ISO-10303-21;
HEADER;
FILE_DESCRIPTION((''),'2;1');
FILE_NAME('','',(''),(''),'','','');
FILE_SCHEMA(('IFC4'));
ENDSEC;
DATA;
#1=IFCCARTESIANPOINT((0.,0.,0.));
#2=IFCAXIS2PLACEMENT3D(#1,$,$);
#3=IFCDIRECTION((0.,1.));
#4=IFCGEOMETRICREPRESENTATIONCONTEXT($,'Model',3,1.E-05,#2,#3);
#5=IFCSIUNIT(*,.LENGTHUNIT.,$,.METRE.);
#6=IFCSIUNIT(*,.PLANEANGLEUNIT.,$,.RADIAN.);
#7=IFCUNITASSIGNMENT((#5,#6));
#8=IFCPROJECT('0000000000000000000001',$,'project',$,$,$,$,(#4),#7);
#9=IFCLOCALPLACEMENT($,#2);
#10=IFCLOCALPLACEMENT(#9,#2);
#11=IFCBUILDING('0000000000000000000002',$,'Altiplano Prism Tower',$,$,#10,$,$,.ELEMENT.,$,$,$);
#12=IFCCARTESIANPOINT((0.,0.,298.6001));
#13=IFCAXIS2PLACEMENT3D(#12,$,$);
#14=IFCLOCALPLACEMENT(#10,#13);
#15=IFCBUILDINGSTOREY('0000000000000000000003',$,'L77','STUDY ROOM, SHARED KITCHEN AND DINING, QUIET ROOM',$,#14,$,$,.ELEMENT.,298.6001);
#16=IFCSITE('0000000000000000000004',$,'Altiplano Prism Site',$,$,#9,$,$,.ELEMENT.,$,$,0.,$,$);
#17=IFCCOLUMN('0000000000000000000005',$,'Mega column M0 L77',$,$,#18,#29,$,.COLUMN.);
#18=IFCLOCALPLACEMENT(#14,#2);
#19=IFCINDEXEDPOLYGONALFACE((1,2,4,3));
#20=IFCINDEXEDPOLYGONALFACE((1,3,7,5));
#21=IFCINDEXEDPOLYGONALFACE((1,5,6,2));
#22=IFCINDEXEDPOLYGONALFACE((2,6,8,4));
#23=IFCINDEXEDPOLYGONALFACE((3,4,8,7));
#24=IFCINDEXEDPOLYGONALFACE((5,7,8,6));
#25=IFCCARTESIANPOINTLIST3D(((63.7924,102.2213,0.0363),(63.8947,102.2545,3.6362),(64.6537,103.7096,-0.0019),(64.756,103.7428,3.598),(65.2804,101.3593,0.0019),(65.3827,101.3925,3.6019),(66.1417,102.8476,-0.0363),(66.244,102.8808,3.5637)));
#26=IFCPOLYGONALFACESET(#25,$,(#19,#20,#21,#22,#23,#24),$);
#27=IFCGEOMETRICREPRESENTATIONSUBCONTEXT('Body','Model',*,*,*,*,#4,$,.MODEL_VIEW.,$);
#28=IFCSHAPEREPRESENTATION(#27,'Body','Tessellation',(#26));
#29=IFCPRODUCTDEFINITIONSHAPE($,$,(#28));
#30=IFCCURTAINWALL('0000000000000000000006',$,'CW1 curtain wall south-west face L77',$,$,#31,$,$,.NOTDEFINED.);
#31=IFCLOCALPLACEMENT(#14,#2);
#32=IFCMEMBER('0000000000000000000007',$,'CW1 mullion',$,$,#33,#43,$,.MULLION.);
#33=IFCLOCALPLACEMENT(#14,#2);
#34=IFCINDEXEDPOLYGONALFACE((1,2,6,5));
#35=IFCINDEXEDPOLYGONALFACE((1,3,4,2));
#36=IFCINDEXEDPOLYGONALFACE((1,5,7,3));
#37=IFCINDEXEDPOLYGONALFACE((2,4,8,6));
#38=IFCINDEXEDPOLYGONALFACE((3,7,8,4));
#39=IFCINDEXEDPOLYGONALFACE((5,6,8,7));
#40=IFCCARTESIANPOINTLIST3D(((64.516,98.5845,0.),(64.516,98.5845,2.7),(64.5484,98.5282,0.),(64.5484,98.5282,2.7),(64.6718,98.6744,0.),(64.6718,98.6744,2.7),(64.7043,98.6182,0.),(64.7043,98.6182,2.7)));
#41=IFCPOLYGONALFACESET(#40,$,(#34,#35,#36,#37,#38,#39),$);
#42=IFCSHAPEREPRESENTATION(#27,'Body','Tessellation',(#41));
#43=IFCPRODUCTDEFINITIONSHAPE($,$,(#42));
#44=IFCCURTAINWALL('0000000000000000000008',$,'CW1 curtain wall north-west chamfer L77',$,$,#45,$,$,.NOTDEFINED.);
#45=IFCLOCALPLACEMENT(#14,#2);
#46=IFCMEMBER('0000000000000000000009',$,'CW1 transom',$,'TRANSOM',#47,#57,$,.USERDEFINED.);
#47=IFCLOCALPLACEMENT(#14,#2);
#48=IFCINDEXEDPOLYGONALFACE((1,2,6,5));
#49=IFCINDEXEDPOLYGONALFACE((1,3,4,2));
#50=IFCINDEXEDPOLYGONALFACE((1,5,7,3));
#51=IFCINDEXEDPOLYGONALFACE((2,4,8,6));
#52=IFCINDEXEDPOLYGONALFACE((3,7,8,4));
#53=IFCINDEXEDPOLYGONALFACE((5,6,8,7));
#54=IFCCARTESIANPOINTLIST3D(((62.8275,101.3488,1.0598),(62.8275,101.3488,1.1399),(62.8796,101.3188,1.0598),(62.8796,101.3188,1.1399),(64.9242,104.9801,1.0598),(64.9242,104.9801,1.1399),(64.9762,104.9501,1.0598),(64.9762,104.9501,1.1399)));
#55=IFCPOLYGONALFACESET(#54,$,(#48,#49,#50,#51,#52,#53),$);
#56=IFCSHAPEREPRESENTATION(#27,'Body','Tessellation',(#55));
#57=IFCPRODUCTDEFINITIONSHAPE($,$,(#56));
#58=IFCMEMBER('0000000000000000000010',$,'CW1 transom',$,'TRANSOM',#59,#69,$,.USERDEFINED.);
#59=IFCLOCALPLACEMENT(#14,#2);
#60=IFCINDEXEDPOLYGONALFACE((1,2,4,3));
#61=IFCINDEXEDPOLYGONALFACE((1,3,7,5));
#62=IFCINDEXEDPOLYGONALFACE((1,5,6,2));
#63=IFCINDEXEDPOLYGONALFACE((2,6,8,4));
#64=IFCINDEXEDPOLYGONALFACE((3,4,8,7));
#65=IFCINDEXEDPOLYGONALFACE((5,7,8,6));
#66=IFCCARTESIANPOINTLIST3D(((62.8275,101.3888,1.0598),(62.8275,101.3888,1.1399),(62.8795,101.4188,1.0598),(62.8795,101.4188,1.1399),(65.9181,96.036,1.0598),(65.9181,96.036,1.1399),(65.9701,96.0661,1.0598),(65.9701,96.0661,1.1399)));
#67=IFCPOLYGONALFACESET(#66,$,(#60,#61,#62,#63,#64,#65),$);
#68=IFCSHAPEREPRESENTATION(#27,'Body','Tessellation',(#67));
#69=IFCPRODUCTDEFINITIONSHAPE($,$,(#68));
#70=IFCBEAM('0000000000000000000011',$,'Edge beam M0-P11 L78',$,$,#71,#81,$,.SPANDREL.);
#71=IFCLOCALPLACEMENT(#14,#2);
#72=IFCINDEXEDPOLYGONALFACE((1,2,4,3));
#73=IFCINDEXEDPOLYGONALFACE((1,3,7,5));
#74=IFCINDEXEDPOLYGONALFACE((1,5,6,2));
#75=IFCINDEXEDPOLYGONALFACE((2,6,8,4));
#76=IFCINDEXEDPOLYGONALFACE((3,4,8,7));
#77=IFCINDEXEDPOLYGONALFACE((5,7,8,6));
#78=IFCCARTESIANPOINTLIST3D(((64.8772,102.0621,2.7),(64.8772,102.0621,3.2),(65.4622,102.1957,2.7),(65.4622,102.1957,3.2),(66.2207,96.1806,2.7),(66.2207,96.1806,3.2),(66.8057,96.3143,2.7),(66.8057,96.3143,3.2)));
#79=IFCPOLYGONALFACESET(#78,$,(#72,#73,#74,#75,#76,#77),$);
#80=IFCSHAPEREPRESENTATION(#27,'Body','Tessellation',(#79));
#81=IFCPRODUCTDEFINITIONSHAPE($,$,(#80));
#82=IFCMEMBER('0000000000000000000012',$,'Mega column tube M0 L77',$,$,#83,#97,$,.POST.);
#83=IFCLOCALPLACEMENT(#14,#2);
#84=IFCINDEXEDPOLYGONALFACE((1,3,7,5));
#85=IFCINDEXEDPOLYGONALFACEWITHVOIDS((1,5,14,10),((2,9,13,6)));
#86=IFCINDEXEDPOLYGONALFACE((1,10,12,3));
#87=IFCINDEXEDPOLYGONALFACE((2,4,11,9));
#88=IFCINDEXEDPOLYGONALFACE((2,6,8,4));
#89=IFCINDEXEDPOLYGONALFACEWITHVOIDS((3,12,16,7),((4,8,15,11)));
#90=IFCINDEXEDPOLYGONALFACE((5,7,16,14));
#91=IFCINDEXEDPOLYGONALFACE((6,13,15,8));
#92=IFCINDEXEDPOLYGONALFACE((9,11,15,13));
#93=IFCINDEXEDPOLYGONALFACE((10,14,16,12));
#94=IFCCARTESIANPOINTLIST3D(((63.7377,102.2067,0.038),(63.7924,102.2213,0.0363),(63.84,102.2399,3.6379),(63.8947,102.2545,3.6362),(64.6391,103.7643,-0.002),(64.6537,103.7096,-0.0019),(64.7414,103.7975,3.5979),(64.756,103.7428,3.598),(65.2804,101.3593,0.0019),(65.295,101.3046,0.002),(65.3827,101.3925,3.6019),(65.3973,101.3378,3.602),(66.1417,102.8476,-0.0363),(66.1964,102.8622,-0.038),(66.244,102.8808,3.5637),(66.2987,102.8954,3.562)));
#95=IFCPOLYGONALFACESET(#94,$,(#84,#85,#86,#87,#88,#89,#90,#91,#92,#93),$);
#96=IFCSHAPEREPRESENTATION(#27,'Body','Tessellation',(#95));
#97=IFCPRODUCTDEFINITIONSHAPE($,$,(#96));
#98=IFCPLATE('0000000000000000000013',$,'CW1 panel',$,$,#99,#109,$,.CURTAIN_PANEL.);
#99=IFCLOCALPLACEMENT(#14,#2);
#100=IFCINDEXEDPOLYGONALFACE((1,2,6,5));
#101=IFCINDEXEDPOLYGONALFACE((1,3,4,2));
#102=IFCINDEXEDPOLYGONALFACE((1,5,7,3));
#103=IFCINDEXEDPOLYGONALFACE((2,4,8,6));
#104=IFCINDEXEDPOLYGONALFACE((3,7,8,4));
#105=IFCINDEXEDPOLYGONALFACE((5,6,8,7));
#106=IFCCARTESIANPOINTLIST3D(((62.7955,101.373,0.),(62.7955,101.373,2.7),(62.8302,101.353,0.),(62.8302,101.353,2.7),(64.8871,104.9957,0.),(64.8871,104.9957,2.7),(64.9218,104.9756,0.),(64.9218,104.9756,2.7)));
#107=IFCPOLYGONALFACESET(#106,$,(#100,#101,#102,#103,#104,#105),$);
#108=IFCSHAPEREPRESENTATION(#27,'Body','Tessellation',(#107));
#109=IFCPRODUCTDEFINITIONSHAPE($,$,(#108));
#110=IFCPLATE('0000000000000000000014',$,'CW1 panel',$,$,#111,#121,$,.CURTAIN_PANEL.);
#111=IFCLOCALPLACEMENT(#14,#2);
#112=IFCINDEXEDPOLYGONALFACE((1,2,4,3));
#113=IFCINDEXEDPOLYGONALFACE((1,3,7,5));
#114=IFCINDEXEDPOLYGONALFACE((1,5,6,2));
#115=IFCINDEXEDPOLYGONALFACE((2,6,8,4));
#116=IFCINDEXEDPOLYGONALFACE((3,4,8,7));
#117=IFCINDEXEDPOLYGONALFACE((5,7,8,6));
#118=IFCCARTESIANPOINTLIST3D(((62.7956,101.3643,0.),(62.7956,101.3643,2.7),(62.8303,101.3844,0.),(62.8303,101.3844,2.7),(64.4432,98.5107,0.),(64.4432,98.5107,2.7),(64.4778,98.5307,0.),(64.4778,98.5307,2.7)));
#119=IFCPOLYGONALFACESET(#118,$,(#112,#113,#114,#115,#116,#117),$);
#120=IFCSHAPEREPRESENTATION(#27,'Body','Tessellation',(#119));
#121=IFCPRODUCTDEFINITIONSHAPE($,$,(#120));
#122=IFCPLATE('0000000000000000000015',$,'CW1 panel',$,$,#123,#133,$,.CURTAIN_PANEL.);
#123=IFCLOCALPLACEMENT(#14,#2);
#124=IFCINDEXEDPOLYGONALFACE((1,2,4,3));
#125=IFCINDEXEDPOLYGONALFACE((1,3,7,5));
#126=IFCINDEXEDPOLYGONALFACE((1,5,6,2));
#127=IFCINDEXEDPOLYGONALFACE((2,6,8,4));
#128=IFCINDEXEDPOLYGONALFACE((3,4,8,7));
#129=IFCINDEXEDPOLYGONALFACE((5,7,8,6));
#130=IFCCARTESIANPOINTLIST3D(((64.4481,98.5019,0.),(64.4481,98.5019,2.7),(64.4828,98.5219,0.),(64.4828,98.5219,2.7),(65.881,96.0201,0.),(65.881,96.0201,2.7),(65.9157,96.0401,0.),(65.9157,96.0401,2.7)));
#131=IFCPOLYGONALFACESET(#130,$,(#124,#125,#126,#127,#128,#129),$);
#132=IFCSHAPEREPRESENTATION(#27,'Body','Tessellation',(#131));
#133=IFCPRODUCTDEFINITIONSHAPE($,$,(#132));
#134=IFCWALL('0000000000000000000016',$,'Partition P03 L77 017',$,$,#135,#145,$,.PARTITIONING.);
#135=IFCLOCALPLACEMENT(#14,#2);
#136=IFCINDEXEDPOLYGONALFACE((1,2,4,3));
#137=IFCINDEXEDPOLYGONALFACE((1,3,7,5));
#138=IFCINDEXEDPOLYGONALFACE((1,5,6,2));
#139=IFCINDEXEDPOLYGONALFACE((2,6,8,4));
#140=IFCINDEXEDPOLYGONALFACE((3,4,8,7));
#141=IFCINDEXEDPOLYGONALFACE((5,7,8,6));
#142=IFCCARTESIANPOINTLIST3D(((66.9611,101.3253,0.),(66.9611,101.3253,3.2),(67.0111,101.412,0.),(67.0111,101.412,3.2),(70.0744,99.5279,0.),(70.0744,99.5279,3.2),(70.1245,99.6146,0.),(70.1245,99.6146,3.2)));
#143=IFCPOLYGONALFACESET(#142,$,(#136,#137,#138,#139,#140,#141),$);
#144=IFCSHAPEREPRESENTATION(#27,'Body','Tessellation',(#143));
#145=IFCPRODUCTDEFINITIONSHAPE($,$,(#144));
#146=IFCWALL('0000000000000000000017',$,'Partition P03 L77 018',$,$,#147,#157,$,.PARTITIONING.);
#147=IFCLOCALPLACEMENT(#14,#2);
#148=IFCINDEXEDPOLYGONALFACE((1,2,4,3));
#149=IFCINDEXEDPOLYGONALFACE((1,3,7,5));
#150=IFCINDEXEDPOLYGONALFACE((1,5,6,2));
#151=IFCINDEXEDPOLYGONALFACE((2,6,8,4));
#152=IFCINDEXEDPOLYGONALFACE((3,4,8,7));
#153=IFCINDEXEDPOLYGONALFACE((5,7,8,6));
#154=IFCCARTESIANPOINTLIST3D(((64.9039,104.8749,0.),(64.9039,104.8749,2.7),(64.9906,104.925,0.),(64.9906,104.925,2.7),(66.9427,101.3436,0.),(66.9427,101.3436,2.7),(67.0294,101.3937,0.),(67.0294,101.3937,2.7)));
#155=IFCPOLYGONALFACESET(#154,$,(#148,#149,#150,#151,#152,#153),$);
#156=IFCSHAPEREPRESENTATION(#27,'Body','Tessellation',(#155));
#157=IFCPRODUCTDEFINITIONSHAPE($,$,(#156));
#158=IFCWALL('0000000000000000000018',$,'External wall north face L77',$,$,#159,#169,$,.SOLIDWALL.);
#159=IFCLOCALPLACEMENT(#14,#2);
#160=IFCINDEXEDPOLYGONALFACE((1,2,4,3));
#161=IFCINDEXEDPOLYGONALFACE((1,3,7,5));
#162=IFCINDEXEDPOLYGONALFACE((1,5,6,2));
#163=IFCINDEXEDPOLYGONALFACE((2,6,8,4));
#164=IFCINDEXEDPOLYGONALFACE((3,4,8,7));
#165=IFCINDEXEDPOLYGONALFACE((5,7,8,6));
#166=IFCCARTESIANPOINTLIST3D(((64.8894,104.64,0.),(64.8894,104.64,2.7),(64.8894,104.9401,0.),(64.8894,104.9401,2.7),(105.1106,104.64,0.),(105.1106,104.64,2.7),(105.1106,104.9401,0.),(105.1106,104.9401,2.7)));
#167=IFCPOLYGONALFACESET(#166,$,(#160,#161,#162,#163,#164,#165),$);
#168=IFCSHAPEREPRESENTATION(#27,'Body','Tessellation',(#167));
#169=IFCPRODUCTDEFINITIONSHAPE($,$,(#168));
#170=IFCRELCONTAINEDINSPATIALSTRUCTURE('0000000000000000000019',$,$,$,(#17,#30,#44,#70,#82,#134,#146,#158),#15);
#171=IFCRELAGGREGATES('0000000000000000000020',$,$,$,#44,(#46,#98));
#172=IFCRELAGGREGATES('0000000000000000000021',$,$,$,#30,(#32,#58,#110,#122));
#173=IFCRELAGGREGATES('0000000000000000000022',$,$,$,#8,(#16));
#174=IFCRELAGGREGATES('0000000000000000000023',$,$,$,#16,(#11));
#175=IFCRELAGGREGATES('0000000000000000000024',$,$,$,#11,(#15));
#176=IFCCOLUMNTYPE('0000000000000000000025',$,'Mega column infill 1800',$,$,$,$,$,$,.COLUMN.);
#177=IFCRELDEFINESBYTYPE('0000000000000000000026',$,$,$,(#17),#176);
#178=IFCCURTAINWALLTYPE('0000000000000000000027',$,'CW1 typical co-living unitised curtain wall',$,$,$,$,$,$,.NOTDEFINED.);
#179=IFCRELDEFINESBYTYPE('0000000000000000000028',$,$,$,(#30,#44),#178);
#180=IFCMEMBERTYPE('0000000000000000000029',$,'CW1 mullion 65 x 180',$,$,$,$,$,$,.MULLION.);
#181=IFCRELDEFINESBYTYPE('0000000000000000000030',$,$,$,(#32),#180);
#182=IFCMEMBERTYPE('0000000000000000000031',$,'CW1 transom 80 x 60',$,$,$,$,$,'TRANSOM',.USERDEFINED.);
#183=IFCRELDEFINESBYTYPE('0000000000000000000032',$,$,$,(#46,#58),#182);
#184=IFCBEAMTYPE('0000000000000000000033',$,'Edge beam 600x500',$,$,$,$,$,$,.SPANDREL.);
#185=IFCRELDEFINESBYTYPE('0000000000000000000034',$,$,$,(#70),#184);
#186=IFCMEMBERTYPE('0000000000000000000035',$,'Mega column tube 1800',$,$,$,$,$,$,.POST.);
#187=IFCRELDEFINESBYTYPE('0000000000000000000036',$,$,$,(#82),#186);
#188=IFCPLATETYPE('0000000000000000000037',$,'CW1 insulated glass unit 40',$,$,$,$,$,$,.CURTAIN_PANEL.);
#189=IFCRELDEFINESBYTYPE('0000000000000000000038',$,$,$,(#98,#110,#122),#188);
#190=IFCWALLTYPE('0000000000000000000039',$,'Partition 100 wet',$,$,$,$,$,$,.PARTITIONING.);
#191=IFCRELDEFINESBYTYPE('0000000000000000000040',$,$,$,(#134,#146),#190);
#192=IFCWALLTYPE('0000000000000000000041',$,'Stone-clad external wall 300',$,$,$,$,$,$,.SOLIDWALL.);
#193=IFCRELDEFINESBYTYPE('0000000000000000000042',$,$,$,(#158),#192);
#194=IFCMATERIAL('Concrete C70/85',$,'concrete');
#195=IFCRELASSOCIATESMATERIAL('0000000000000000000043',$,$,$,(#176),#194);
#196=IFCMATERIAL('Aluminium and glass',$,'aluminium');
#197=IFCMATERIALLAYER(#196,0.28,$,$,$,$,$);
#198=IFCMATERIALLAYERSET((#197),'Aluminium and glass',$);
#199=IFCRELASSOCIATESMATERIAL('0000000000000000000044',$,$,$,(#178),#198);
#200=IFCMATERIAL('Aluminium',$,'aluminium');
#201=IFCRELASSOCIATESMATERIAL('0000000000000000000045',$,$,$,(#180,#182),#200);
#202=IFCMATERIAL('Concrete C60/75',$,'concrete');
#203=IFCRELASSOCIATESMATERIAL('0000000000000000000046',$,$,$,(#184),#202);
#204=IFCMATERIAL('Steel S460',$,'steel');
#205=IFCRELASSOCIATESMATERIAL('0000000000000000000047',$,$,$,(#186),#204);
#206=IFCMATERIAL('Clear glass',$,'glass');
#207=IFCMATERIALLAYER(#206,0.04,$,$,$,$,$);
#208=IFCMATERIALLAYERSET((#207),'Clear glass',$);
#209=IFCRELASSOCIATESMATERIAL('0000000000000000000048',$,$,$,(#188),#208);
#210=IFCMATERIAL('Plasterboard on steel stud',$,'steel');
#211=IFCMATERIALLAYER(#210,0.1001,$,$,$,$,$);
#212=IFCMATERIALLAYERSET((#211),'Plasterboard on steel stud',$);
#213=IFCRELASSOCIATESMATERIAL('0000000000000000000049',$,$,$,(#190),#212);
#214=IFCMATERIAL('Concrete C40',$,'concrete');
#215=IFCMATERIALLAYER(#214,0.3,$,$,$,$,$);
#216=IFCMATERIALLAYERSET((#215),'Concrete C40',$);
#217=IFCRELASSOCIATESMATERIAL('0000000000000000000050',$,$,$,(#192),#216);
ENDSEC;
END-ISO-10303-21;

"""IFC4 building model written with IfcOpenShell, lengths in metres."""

from ifc_helpers import new_model, si_unit, direction, frame, frame_2d, origin, origin_2d, place, context, subcontext, project, spatial, rectangle, hollow_rectangle, extrude, material, layer, layer_set, material_profile, profile_set, type_object, element, aggregate, save


model = new_model("IFC4")

# Units and contexts
model_context = context("Model", 3, precision=1e-05, world=origin(), true_north=direction((0.0, 1.0)))
body_context = subcontext(model_context, "Body", "Model", "MODEL_VIEW")
ifc_project = project(units=[si_unit("LENGTHUNIT", "METRE"), si_unit("PLANEANGLEUNIT", "RADIAN")], contexts=[model_context])

# Site, building, storey
site_placement = place(None, origin())
site = spatial("IfcSite", under=ifc_project, at=site_placement, Name="Altiplano Prism Site", CompositionType="ELEMENT", RefElevation=0.0)
building_placement = place(site_placement, origin())
building = spatial("IfcBuilding", under=site, at=building_placement, Name="Altiplano Prism Tower", CompositionType="ELEMENT")
storey_placement = place(building_placement, frame((0.0, 0.0, 298.6001)))
storey = spatial("IfcBuildingStorey", under=building, at=storey_placement, Name="L77", Description="STUDY ROOM, SHARED KITCHEN AND DINING, QUIET ROOM", CompositionType="ELEMENT", Elevation=298.6001)

# Column
ifc_material_1 = material(Name="Concrete C70/85", Category="concrete")
ifc_material_profile_1 = material_profile(ifc_material_1, rectangle(XDim=1.72, YDim=1.72, at=origin_2d()), Name="Mega column infill 1800")
ifc_profile_set_1 = profile_set([ifc_material_profile_1], Name="Concrete C70/85")
column_type = type_object("IfcColumnType", Name="Mega column infill 1800", PredefinedType="COLUMN", material=ifc_profile_set_1)
column_placement = place(storey_placement, frame((64.967, 102.5344, 0.0), z_axis=(0.028404, 0.009219, 0.999554), x_axis=(-0.865124, 0.50116, 0.019961)))
element("IfcColumn", 1, at=column_placement, inside=storey, type_object=column_type, Name="Mega column M0 L77", PredefinedType="COLUMN", context=body_context, shape_type="SweptSolid", body=[
    extrude(rectangle(XDim=1.72, YDim=1.72, at=origin_2d()), origin(), (0.0, 0.0, 1.0), 3.6016),
])

# Curtain walls, members
ifc_material_2 = material(Name="Aluminium and glass", Category="aluminium")
ifc_layer_1 = layer(ifc_material_2, 0.28)
ifc_layer_set_1 = layer_set([ifc_layer_1], Name="Aluminium and glass")
curtain_wall_type = type_object("IfcCurtainWallType", Name="CW1 typical co-living unitised curtain wall", PredefinedType="NOTDEFINED", material=ifc_layer_set_1)
curtain_wall_1_placement = place(storey_placement, origin())
curtain_wall_1 = element("IfcCurtainWall", 2, at=curtain_wall_1_placement, inside=storey, type_object=curtain_wall_type, Name="CW1 curtain wall south-west face L77", PredefinedType="NOTDEFINED")
ifc_material_3 = material(Name="Aluminium", Category="aluminium")
ifc_material_profile_2 = material_profile(ifc_material_3, rectangle(XDim=0.1799, YDim=0.0649, at=origin_2d()), Name="CW1 mullion 65 x 180")
ifc_profile_set_2 = profile_set([ifc_material_profile_2], Name="Aluminium")
member_type_1 = type_object("IfcMemberType", Name="CW1 mullion 65 x 180", PredefinedType="MULLION", material=ifc_profile_set_2)
member_1_placement = place(storey_placement, frame((64.6101, 98.6013, 0.0), z_axis=(0.0, 0.0, 1.0), x_axis=(0.866025, 0.5, 0.0)))
member_1 = element("IfcMember", 3, at=member_1_placement, type_object=member_type_1, Name="CW1 mullion", PredefinedType="MULLION", context=body_context, shape_type="SweptSolid", body=[
    extrude(rectangle(XDim=0.1799, YDim=0.0649, at=origin_2d()), origin(), (0.0, 0.0, 1.0), 2.7),
])
curtain_wall_2_placement = place(storey_placement, origin())
curtain_wall_2 = element("IfcCurtainWall", 4, at=curtain_wall_2_placement, inside=storey, type_object=curtain_wall_type, Name="CW1 curtain wall north-west chamfer L77", PredefinedType="NOTDEFINED")
ifc_material_profile_3 = material_profile(ifc_material_3, rectangle(XDim=0.0601, YDim=0.0801, at=origin_2d()), Name="CW1 transom 80 x 60")
ifc_profile_set_3 = profile_set([ifc_material_profile_3], Name="Aluminium")
member_type_2 = type_object("IfcMemberType", Name="CW1 transom 80 x 60", ElementType="TRANSOM", PredefinedType="USERDEFINED", material=ifc_profile_set_3)
member_2_placement = place(storey_placement, frame((64.9502, 104.9651, 1.0999), z_axis=(-0.500021, -0.866013, 0.0), x_axis=(0.866013, -0.500021, 0.0)))
member_2 = element("IfcMember", 5, at=member_2_placement, type_object=member_type_2, Name="CW1 transom", ObjectType="TRANSOM", PredefinedType="USERDEFINED", context=body_context, shape_type="SweptSolid", body=[
    extrude(rectangle(XDim=0.0601, YDim=0.0801, at=origin_2d()), origin(), (0.0, 0.0, 1.0), 4.1931),
])

# Member
member_3_placement = place(storey_placement, frame((62.8535, 101.4038, 1.0999), z_axis=(0.500018, -0.866015, 0.0), x_axis=(0.866015, 0.500018, 0.0)))
member_3 = element("IfcMember", 6, at=member_3_placement, type_object=member_type_2, Name="CW1 transom", ObjectType="TRANSOM", PredefinedType="USERDEFINED", context=body_context, shape_type="SweptSolid", body=[
    extrude(rectangle(XDim=0.0601, YDim=0.0801, at=origin_2d()), origin(), (0.0, 0.0, 1.0), 6.1809),
])

# Beam
ifc_material_4 = material(Name="Concrete C60/75", Category="concrete")
ifc_material_profile_4 = material_profile(ifc_material_4, rectangle(XDim=0.6001, YDim=0.5, at=origin_2d()), Name="Edge beam 600x500")
ifc_profile_set_4 = profile_set([ifc_material_profile_4], Name="Concrete C60/75")
beam_type = type_object("IfcBeamType", Name="Edge beam 600x500", PredefinedType="SPANDREL", material=ifc_profile_set_4)
beam_placement = place(storey_placement, frame((65.1697, 102.1289, 2.95), z_axis=(0.222698, -0.974887, 0.0), x_axis=(0.974887, 0.222698, 0.0)))
element("IfcBeam", 7, at=beam_placement, inside=storey, type_object=beam_type, Name="Edge beam M0-P11 L78", PredefinedType="SPANDREL", context=body_context, shape_type="SweptSolid", body=[
    extrude(rectangle(XDim=0.6001, YDim=0.5, at=origin_2d()), origin(), (0.0, 0.0, 1.0), 6.033),
])

# Member
ifc_material_5 = material(Name="Steel S460", Category="steel")
ifc_material_profile_5 = material_profile(ifc_material_5, hollow_rectangle(XDim=1.8, YDim=1.8, WallThickness=0.04, at=origin_2d()), Name="Mega column tube 1800")
ifc_profile_set_5 = profile_set([ifc_material_profile_5], Name="Steel S460")
member_type_3 = type_object("IfcMemberType", Name="Mega column tube 1800", PredefinedType="POST", material=ifc_profile_set_5)
member_4_placement = place(storey_placement, frame((64.967, 102.5344, 0.0), z_axis=(0.028404, 0.009219, 0.999554), x_axis=(-0.865124, 0.50116, 0.019961)))
element("IfcMember", 8, at=member_4_placement, inside=storey, type_object=member_type_3, Name="Mega column tube M0 L77", PredefinedType="POST", context=body_context, shape_type="SweptSolid", body=[
    extrude(hollow_rectangle(XDim=1.8, YDim=1.8, WallThickness=0.04, at=origin_2d()), origin(), (0.0, 0.0, 1.0), 3.6016),
])

# Plates
ifc_material_6 = material(Name="Clear glass", Category="glass")
ifc_layer_2 = layer(ifc_material_6, 0.04)
ifc_layer_set_2 = layer_set([ifc_layer_2], Name="Clear glass")
plate_type = type_object("IfcPlateType", Name="CW1 insulated glass unit 40", PredefinedType="CURTAIN_PANEL", material=ifc_layer_set_2)
plate_1_placement = place(storey_placement, frame((63.8586, 103.1743, 0.0), z_axis=(0.0, 0.0, 1.0), x_axis=(-0.5, -0.866025, 0.0)))
plate_1 = element("IfcPlate", 9, at=plate_1_placement, type_object=plate_type, Name="CW1 panel", PredefinedType="CURTAIN_PANEL", context=body_context, shape_type="SweptSolid", body=[
    extrude(rectangle(XDim=4.1831, YDim=0.04, at=origin_2d()), origin(), (0.0, 0.0, 1.0), 2.7),
])
aggregate(curtain_wall_2, [member_2, plate_1])
plate_2_placement = place(storey_placement, frame((63.6367, 99.9475, 0.0), z_axis=(0.0, 0.0, 1.0), x_axis=(0.5, -0.866025, 0.0)))
plate_2 = element("IfcPlate", 10, at=plate_2_placement, type_object=plate_type, Name="CW1 panel", PredefinedType="CURTAIN_PANEL", context=body_context, shape_type="SweptSolid", body=[
    extrude(rectangle(XDim=3.2952, YDim=0.04, at=origin_2d()), origin(), (0.0, 0.0, 1.0), 2.7),
])
plate_3_placement = place(storey_placement, frame((65.1819, 97.271, 0.0), z_axis=(0.0, 0.0, 1.0), x_axis=(0.5, -0.866025, 0.0)))
plate_3 = element("IfcPlate", 11, at=plate_3_placement, type_object=plate_type, Name="CW1 panel", PredefinedType="CURTAIN_PANEL", context=body_context, shape_type="SweptSolid", body=[
    extrude(rectangle(XDim=2.8657, YDim=0.04, at=origin_2d()), origin(), (0.0, 0.0, 1.0), 2.7),
])
aggregate(curtain_wall_1, [member_1, member_3, plate_2, plate_3])

# Walls
ifc_material_7 = material(Name="Plasterboard on steel stud", Category="steel")
ifc_layer_3 = layer(ifc_material_7, 0.1001)
ifc_layer_set_3 = layer_set([ifc_layer_3], Name="Plasterboard on steel stud")
wall_type_1 = type_object("IfcWallType", Name="Partition 100 wet", PredefinedType="PARTITIONING", material=ifc_layer_set_3)
wall_1_placement = place(storey_placement, frame((70.0994, 99.5713, 0.0), z_axis=(0.0, 0.0, 1.0), x_axis=(-0.866036, 0.499981, 0.0)))
element("IfcWall", 12, at=wall_1_placement, inside=storey, type_object=wall_type_1, Name="Partition P03 L77 017", PredefinedType="PARTITIONING", context=body_context, shape_type="SweptSolid", body=[
    extrude(rectangle(XDim=3.595, YDim=0.1001, at=frame_2d((1.7974, 0.0))), origin(), (0.0, 0.0, 1.0), 3.2),
])
wall_2_placement = place(storey_placement, frame((66.9861, 101.3687, 0.0), z_axis=(0.0, 0.0, 1.0), x_axis=(-0.500009, 0.86602, 0.0)))
element("IfcWall", 13, at=wall_2_placement, inside=storey, type_object=wall_type_1, Name="Partition P03 L77 018", PredefinedType="PARTITIONING", context=body_context, shape_type="SweptSolid", body=[
    extrude(rectangle(XDim=4.0776, YDim=0.1001, at=frame_2d((2.0388, 0.0))), origin(), (0.0, 0.0, 1.0), 2.7),
])
ifc_material_8 = material(Name="Concrete C40", Category="concrete")
ifc_layer_4 = layer(ifc_material_8, 0.3)
ifc_layer_set_4 = layer_set([ifc_layer_4], Name="Concrete C40")
wall_type_2 = type_object("IfcWallType", Name="Stone-clad external wall 300", PredefinedType="SOLIDWALL", material=ifc_layer_set_4)
wall_3_placement = place(storey_placement, frame((64.8894, 104.79, 0.0), z_axis=(0.0, 0.0, 1.0), x_axis=(1.0, 0.0, 0.0)))
element("IfcWall", 14, at=wall_3_placement, inside=storey, type_object=wall_type_2, Name="External wall north face L77", PredefinedType="SOLIDWALL", context=body_context, shape_type="SweptSolid", body=[
    extrude(rectangle(XDim=40.2212, YDim=0.3, at=frame_2d((20.1106, 0.0))), origin(), (0.0, 0.0, 1.0), 2.7),
])

save(model, "model.ifc")
